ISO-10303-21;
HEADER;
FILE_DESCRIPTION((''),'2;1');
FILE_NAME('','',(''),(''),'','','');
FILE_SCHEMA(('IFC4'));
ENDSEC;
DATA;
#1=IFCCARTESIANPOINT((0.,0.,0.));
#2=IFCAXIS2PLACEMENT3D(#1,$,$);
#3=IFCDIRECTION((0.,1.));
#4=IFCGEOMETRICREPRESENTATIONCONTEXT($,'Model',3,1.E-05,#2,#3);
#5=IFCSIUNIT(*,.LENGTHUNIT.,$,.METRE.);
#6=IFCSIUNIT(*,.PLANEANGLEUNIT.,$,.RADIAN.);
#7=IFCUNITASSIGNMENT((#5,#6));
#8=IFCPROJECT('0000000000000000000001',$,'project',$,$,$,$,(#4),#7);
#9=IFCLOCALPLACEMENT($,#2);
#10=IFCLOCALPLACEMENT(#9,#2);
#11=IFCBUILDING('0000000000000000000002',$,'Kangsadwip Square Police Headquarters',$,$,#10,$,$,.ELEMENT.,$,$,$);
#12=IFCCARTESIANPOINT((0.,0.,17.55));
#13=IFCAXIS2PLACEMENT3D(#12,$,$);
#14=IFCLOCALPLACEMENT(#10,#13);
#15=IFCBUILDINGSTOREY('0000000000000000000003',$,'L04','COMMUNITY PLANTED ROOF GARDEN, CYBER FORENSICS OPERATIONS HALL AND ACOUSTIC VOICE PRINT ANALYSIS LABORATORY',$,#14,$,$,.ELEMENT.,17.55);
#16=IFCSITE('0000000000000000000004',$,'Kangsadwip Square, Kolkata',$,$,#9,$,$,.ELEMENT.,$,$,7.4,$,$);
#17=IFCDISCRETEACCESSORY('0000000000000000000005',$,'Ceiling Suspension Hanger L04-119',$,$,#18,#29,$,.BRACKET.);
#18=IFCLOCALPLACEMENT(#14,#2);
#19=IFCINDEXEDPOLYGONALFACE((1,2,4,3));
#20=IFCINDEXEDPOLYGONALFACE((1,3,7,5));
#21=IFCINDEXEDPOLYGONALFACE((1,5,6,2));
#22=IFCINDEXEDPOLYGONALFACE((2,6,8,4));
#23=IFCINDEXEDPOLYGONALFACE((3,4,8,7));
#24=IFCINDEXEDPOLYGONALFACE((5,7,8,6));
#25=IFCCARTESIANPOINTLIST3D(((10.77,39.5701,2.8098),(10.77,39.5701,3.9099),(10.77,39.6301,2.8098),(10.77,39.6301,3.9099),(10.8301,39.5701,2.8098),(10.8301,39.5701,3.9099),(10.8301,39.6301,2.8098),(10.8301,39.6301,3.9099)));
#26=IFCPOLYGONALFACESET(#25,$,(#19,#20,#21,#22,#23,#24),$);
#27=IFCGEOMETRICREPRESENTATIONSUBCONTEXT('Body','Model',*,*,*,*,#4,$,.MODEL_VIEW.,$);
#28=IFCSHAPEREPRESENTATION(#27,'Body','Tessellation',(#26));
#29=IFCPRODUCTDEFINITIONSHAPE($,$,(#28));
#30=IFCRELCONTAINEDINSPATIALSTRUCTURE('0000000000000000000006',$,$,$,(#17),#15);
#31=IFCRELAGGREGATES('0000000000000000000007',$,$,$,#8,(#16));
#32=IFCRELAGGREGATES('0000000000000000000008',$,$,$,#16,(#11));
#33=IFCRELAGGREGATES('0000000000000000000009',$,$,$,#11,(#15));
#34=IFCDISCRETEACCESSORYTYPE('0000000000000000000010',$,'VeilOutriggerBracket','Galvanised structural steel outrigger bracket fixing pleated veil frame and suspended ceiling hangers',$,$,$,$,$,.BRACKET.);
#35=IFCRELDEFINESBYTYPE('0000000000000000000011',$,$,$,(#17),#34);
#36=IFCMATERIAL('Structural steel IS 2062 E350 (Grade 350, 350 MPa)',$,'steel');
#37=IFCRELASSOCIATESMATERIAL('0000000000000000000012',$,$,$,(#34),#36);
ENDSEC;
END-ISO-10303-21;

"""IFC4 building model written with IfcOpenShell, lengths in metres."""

from ifc_helpers import new_model, si_unit, direction, frame, origin, origin_2d, place, context, subcontext, project, spatial, rectangle, extrude, material, type_object, element, save


model = new_model("IFC4")

# Units and contexts
model_context = context("Model", 3, precision=1e-05, world=origin(), true_north=direction((0.0, 1.0)))
body_context = subcontext(model_context, "Body", "Model", "MODEL_VIEW")
ifc_project = project(units=[si_unit("LENGTHUNIT", "METRE"), si_unit("PLANEANGLEUNIT", "RADIAN")], contexts=[model_context])

# Site, building, storey
site_placement = place(None, origin())
site = spatial("IfcSite", under=ifc_project, at=site_placement, Name="Kangsadwip Square, Kolkata", CompositionType="ELEMENT", RefElevation=7.4)
building_placement = place(site_placement, origin())
building = spatial("IfcBuilding", under=site, at=building_placement, Name="Kangsadwip Square Police Headquarters", CompositionType="ELEMENT")
storey_placement = place(building_placement, frame((0.0, 0.0, 17.55)))
storey = spatial("IfcBuildingStorey", under=building, at=storey_placement, Name="L04", Description="COMMUNITY PLANTED ROOF GARDEN, CYBER FORENSICS OPERATIONS HALL AND ACOUSTIC VOICE PRINT ANALYSIS LABORATORY", CompositionType="ELEMENT", Elevation=17.55)

# Discrete accessory
ifc_material_1 = material(Name="Structural steel IS 2062 E350 (Grade 350, 350 MPa)", Category="steel")
discrete_accessory_type = type_object("IfcDiscreteAccessoryType", Name="VeilOutriggerBracket", Description="Galvanised structural steel outrigger bracket fixing pleated veil frame and suspended ceiling hangers", PredefinedType="BRACKET", material=ifc_material_1)
for number, where, z_axis, x_axis, name in (
    (1, (10.8, 39.6001, 2.8098), (0.0, 0.0, 1.0), (1.0, 0.0, 0.0), "Ceiling Suspension Hanger L04-119"),
):
    element("IfcDiscreteAccessory", number, at=place(storey_placement, frame(where, z_axis=z_axis, x_axis=x_axis)), inside=storey, type_object=discrete_accessory_type, Name=name, PredefinedType="BRACKET", context=body_context, shape_type="SweptSolid", body=[
        extrude(rectangle(XDim=0.0601, YDim=0.0601, at=origin_2d()), origin(), (0.0, 0.0, 1.0), 1.1001),
    ])

save(model, "model.ifc")
